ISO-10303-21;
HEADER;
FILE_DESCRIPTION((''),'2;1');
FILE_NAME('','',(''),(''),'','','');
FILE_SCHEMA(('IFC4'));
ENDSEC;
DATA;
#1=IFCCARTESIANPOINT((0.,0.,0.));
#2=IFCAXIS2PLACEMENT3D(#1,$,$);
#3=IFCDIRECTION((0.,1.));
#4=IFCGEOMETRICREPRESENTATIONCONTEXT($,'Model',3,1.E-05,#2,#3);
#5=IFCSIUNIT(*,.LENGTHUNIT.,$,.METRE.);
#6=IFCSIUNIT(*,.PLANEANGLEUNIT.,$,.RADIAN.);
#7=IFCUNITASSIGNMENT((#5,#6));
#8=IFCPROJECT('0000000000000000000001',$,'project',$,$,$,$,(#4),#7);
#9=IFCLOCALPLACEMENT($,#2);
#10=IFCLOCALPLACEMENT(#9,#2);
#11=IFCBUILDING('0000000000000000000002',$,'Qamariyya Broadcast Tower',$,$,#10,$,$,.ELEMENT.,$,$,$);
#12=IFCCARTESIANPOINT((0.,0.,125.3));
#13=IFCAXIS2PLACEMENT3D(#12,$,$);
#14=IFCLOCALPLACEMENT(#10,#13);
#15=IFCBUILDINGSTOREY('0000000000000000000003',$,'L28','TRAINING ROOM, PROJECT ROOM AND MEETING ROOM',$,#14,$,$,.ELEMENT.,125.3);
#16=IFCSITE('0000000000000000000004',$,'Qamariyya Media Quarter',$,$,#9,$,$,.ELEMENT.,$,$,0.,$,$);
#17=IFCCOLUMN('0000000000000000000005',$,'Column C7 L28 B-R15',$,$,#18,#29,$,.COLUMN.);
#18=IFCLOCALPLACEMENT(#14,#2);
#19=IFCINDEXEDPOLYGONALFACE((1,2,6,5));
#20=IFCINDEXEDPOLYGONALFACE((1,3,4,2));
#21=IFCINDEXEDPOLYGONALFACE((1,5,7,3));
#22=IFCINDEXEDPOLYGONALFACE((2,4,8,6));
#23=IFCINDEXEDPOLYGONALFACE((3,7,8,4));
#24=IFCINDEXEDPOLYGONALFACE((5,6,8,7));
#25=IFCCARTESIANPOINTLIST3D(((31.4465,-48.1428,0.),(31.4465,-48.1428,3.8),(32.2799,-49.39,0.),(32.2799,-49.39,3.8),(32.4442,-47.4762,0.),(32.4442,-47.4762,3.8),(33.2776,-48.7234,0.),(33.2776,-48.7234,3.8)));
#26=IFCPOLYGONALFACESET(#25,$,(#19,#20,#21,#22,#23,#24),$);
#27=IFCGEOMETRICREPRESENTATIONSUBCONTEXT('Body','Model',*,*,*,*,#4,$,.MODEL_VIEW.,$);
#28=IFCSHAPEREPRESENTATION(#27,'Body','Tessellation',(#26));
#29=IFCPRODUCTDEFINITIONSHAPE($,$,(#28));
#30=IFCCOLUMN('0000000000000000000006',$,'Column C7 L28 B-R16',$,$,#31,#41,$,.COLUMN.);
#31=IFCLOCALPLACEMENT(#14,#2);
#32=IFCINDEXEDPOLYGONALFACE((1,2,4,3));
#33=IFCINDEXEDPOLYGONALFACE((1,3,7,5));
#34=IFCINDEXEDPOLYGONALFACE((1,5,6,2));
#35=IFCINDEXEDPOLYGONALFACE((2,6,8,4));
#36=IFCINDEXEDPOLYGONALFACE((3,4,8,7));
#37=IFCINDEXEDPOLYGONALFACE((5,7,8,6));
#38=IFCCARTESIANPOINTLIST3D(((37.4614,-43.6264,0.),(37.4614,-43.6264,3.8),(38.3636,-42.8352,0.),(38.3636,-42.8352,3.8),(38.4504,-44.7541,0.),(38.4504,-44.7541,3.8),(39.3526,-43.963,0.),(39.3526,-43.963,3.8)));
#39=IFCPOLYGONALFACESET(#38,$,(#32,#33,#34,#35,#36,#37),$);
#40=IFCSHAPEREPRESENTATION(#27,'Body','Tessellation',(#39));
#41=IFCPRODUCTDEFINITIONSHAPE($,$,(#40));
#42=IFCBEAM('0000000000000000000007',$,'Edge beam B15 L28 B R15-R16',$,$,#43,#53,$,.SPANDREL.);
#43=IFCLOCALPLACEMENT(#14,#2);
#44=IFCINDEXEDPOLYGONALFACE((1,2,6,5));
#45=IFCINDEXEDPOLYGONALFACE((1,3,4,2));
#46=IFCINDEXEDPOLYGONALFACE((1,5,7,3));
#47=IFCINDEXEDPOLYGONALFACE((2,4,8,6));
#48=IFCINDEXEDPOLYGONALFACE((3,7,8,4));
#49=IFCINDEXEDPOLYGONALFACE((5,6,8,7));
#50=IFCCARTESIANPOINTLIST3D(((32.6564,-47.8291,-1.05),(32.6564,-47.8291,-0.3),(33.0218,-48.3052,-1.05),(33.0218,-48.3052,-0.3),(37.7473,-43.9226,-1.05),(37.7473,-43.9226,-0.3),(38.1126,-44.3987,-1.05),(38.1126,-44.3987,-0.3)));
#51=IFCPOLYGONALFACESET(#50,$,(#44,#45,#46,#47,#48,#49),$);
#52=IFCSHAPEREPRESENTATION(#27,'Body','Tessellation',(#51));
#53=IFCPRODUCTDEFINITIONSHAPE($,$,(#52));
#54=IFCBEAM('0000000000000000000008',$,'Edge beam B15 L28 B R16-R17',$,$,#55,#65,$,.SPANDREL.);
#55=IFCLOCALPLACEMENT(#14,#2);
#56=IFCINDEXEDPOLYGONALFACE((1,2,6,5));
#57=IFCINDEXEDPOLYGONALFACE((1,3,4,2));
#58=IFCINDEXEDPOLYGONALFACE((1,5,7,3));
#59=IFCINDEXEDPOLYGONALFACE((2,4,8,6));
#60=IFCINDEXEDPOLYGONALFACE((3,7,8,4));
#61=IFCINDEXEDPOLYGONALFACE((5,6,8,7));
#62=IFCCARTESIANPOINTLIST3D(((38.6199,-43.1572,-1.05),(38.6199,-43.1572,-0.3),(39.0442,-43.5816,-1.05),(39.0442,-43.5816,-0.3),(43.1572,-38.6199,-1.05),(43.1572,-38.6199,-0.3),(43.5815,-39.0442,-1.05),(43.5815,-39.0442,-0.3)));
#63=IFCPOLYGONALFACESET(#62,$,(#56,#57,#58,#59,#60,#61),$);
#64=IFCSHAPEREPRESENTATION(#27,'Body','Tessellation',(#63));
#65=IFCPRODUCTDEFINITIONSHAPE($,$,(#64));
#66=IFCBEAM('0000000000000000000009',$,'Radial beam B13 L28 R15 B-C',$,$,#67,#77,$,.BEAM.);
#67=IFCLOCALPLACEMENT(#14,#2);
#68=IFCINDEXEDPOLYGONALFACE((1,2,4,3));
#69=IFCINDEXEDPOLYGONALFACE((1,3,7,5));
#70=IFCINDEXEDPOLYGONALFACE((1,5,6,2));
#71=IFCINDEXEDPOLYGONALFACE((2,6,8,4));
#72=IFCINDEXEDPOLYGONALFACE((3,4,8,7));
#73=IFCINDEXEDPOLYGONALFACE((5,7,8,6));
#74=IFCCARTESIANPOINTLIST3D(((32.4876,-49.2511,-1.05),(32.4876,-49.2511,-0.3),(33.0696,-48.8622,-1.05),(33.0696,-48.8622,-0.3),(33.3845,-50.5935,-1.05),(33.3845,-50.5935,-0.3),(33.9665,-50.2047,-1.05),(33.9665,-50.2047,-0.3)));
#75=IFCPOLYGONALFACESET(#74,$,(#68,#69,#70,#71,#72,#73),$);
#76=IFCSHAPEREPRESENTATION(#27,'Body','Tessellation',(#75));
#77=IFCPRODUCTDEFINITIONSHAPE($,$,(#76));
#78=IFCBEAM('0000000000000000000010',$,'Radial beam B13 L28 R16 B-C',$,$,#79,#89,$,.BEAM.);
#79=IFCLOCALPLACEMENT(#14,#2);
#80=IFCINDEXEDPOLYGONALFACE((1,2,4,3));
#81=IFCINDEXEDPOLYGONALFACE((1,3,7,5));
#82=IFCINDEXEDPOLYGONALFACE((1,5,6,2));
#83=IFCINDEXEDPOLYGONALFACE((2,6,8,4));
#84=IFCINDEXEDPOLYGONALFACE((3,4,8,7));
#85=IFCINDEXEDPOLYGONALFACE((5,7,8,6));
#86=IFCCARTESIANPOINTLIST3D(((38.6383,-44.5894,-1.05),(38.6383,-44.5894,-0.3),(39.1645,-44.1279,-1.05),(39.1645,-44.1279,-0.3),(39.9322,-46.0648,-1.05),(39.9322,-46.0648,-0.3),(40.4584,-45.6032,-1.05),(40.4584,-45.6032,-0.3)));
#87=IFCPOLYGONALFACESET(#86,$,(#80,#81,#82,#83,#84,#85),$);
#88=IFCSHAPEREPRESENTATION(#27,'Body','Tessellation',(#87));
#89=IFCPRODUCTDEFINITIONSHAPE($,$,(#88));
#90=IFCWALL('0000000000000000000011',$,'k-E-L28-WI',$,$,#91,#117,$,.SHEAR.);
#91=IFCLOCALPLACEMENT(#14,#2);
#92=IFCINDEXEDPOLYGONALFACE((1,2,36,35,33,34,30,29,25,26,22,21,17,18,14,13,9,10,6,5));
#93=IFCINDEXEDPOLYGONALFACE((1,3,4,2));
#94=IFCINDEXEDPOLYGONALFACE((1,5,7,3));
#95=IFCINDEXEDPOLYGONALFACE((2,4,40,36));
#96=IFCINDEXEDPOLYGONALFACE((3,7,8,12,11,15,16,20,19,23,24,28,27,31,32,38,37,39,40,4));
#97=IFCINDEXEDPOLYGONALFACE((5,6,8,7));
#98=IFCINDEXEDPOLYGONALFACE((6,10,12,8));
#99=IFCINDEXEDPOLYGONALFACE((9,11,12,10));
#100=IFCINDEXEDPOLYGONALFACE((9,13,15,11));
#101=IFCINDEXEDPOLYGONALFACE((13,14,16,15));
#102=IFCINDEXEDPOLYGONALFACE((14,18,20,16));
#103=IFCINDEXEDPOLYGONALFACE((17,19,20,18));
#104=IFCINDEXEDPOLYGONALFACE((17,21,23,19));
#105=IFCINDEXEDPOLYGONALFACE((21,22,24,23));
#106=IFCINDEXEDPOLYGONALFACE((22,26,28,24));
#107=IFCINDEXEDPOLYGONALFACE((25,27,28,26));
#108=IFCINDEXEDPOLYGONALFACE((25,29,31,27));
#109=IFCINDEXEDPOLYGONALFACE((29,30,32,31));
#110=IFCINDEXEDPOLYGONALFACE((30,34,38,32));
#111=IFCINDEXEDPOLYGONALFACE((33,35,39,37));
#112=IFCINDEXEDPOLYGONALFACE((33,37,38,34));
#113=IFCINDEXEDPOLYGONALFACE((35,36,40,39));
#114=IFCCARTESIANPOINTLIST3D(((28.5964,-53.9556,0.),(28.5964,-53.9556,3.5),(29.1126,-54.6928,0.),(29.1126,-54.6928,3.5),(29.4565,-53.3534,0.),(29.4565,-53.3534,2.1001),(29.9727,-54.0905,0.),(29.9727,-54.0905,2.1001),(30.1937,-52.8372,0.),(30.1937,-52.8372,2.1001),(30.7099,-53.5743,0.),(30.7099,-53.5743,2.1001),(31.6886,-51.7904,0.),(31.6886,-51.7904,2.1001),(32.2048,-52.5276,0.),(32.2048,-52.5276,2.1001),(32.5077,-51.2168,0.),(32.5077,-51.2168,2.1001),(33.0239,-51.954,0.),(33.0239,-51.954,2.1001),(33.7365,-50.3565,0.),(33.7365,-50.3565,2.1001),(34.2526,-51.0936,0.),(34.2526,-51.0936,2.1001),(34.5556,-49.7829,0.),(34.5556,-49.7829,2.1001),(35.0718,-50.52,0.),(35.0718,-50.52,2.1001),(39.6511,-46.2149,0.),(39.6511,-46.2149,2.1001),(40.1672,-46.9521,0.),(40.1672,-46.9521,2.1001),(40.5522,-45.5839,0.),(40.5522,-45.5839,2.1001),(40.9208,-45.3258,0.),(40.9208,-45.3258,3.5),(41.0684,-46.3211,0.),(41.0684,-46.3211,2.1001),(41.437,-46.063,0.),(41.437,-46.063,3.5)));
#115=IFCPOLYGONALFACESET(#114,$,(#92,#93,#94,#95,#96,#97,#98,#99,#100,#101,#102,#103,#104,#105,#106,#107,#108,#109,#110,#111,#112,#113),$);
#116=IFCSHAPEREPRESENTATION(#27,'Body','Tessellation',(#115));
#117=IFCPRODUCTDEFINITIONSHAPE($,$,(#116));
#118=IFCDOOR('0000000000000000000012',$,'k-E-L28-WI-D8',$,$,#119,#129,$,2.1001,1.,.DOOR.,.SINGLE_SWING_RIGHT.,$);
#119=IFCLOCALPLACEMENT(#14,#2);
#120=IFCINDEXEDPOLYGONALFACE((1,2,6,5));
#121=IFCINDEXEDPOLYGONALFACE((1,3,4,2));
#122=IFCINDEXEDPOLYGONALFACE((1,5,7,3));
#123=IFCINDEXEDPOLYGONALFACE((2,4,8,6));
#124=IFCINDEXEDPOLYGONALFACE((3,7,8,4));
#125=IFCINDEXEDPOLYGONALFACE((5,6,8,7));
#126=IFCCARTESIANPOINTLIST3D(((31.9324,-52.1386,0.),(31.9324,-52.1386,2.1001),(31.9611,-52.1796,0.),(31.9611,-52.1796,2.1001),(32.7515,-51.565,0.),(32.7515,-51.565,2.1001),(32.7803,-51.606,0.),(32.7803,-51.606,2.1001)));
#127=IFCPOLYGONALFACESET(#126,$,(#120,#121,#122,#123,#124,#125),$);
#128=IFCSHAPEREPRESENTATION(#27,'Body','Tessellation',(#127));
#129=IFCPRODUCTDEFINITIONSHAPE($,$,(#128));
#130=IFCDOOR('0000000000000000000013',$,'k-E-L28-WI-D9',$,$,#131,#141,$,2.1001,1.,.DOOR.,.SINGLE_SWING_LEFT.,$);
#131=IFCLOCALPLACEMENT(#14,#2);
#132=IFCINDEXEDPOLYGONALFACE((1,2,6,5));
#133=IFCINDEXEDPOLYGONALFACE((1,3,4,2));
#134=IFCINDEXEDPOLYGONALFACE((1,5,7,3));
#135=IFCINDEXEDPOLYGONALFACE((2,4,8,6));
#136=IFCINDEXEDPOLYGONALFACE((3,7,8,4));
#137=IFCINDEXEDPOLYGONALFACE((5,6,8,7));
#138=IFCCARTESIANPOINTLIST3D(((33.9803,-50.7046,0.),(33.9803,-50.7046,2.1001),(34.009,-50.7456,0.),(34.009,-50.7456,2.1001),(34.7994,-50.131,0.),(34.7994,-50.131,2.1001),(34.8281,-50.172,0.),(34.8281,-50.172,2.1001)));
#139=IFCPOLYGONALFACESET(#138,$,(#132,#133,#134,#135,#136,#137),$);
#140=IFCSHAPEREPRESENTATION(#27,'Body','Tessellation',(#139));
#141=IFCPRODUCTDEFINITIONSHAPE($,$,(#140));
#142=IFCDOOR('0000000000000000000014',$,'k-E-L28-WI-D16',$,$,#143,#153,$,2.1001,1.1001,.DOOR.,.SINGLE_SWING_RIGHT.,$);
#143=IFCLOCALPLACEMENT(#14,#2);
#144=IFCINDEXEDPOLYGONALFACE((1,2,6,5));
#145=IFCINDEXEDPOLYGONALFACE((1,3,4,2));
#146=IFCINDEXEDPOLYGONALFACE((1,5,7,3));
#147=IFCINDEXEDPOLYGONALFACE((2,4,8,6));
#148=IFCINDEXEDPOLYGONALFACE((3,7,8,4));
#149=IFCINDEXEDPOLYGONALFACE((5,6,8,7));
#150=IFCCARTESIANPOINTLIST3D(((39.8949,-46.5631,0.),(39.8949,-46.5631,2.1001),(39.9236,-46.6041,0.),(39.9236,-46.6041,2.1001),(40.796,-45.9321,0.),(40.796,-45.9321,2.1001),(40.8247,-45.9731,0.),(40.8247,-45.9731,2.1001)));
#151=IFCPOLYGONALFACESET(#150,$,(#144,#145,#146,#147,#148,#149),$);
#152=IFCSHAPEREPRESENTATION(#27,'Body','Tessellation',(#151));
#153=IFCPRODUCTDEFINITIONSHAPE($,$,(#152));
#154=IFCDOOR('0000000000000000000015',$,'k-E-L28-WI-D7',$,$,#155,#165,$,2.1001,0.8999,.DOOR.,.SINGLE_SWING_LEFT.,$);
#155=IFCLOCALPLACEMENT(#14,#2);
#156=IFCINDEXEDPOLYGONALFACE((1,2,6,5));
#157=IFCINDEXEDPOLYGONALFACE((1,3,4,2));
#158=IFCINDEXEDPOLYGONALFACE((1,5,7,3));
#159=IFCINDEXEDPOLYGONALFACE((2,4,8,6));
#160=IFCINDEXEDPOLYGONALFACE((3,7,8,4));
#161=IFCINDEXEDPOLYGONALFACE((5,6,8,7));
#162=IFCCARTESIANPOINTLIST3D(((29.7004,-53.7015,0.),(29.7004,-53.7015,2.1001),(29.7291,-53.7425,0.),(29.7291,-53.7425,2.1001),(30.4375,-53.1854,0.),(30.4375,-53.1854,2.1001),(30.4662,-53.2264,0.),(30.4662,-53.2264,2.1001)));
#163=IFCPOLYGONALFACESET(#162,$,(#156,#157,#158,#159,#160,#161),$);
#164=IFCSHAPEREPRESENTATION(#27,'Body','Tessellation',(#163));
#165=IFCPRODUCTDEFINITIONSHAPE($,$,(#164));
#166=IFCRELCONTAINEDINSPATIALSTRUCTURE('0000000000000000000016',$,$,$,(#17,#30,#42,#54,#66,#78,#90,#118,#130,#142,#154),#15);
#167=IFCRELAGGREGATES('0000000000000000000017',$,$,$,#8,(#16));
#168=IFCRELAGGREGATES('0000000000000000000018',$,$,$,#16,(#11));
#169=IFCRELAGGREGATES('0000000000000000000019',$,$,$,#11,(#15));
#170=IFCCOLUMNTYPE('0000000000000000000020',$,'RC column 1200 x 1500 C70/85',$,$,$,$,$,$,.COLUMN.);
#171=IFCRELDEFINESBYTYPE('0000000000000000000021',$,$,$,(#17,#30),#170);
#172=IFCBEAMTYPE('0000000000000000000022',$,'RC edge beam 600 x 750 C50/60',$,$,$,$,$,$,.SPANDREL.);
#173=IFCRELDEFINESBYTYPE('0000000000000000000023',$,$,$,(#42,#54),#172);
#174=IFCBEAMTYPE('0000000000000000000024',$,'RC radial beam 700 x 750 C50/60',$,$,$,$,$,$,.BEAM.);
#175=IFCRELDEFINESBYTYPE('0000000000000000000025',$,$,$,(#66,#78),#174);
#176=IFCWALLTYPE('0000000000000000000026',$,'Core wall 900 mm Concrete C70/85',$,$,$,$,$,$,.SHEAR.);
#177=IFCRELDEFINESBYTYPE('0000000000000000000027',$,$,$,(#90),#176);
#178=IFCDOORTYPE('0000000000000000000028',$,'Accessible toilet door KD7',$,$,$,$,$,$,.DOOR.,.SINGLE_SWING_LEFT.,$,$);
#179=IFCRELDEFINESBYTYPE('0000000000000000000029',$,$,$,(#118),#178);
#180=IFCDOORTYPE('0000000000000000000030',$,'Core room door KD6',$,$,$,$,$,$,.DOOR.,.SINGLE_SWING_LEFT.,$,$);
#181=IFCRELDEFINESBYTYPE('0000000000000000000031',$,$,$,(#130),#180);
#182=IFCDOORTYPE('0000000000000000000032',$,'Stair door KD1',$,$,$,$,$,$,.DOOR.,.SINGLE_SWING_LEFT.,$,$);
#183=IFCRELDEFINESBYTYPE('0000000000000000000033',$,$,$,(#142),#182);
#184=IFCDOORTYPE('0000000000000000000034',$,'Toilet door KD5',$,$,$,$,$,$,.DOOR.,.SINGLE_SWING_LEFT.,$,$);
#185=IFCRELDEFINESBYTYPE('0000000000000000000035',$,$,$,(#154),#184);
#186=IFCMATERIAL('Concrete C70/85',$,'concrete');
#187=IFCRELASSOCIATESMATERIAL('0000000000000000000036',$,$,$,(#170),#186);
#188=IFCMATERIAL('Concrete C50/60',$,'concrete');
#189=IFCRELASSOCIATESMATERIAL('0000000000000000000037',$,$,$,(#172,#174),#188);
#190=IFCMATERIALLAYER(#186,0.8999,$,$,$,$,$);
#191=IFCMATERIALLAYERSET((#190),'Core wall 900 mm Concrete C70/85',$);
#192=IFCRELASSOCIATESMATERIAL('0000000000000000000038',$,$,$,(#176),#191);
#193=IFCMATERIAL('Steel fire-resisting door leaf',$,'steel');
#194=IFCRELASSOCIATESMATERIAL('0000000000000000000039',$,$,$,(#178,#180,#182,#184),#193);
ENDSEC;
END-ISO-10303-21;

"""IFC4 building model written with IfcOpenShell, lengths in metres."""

from ifc_helpers import new_model, si_unit, direction, frame, frame_2d, origin, origin_2d, place, context, subcontext, project, spatial, rectangle, extrude, material, layer, layer_set, material_profile, profile_set, type_object, element, fill, save


model = new_model("IFC4")

# Units and contexts
model_context = context("Model", 3, precision=1e-05, world=origin(), true_north=direction((0.0, 1.0)))
body_context = subcontext(model_context, "Body", "Model", "MODEL_VIEW")
ifc_project = project(units=[si_unit("LENGTHUNIT", "METRE"), si_unit("PLANEANGLEUNIT", "RADIAN")], contexts=[model_context])

# Site, building, storey
site_placement = place(None, origin())
site = spatial("IfcSite", under=ifc_project, at=site_placement, Name="Qamariyya Media Quarter", CompositionType="ELEMENT", RefElevation=0.0)
building_placement = place(site_placement, origin())
building = spatial("IfcBuilding", under=site, at=building_placement, Name="Qamariyya Broadcast Tower", CompositionType="ELEMENT")
storey_placement = place(building_placement, frame((0.0, 0.0, 125.3)))
storey = spatial("IfcBuildingStorey", under=building, at=storey_placement, Name="L28", Description="TRAINING ROOM, PROJECT ROOM AND MEETING ROOM", CompositionType="ELEMENT", Elevation=125.3)

# Columns
ifc_material_1 = material(Name="Concrete C70/85", Category="concrete")
ifc_material_profile_1 = material_profile(ifc_material_1, rectangle(XDim=1.2, YDim=1.5, at=origin_2d()))
ifc_profile_set_1 = profile_set([ifc_material_profile_1], Name="Concrete C70/85")
column_type = type_object("IfcColumnType", Name="RC column 1200 x 1500 C70/85", PredefinedType="COLUMN", material=ifc_profile_set_1)
for number, where, z_axis, x_axis, name in (
    (1, (32.3621, -48.4331, 0.0), (0.0, 0.0, 1.0), (0.83147, 0.55557, 0.0), "Column C7 L28 B-R15"),
    (2, (38.407, -43.7947, 0.0), (0.0, 0.0, 1.0), (0.75184, 0.659346, 0.0), "Column C7 L28 B-R16"),
):
    element("IfcColumn", number, at=place(storey_placement, frame(where, z_axis=z_axis, x_axis=x_axis)), inside=storey, type_object=column_type, Name=name, PredefinedType="COLUMN", context=body_context, shape_type="SweptSolid", body=[
        extrude(rectangle(XDim=1.2, YDim=1.5, at=origin_2d()), origin(), (0.0, 0.0, 1.0), 3.8),
    ])

# Beams
ifc_material_2 = material(Name="Concrete C50/60", Category="concrete")
ifc_material_profile_2 = material_profile(ifc_material_2, rectangle(XDim=0.6001, YDim=0.75, at=origin_2d()))
ifc_profile_set_2 = profile_set([ifc_material_profile_2], Name="Concrete C50/60")
beam_type_1 = type_object("IfcBeamType", Name="RC edge beam 600 x 750 C50/60", PredefinedType="SPANDREL", material=ifc_profile_set_2)
beam_1_placement = place(storey_placement, frame((32.8391, -48.0671, -0.675), z_axis=(0.793341, 0.608778, 0.0), x_axis=(-0.608778, 0.793341, 0.0)))
element("IfcBeam", 3, at=beam_1_placement, inside=storey, type_object=beam_type_1, Name="Edge beam B15 L28 B R15-R16", PredefinedType="SPANDREL", context=body_context, shape_type="SweptSolid", body=[
    extrude(rectangle(XDim=0.6001, YDim=0.75, at=origin_2d()), origin(), (0.0, 0.0, 1.0), 6.417),
])
beam_2_placement = place(storey_placement, frame((38.832, -43.3694, -0.675), z_axis=(0.707107, 0.707107, 0.0), x_axis=(-0.707107, 0.707107, 0.0)))
element("IfcBeam", 4, at=beam_2_placement, inside=storey, type_object=beam_type_1, Name="Edge beam B15 L28 B R16-R17", PredefinedType="SPANDREL", context=body_context, shape_type="SweptSolid", body=[
    extrude(rectangle(XDim=0.6001, YDim=0.75, at=origin_2d()), origin(), (0.0, 0.0, 1.0), 6.4167),
])
ifc_material_profile_3 = material_profile(ifc_material_2, rectangle(XDim=0.7, YDim=0.75, at=origin_2d()))
ifc_profile_set_3 = profile_set([ifc_material_profile_3], Name="Concrete C50/60")
beam_type_2 = type_object("IfcBeamType", Name="RC radial beam 700 x 750 C50/60", PredefinedType="BEAM", material=ifc_profile_set_3)
beam_3_placement = place(storey_placement, frame((32.7786, -49.0566, -0.675), z_axis=(0.555537, -0.831492, 0.0), x_axis=(0.831492, 0.555537, 0.0)))
element("IfcBeam", 5, at=beam_3_placement, inside=storey, type_object=beam_type_2, Name="Radial beam B13 L28 R15 B-C", PredefinedType="BEAM", context=body_context, shape_type="SweptSolid", body=[
    extrude(rectangle(XDim=0.7, YDim=0.75, at=origin_2d()), origin(), (0.0, 0.0, 1.0), 1.6145),
])
beam_4_placement = place(storey_placement, frame((38.9014, -44.3586, -0.675), z_axis=(0.659376, -0.751813, 0.0), x_axis=(0.751813, 0.659376, 0.0)))
element("IfcBeam", 6, at=beam_4_placement, inside=storey, type_object=beam_type_2, Name="Radial beam B13 L28 R16 B-C", PredefinedType="BEAM", context=body_context, shape_type="SweptSolid", body=[
    extrude(rectangle(XDim=0.7, YDim=0.75, at=origin_2d()), origin(), (0.0, 0.0, 1.0), 1.9624),
])

# Wall, openings, doors
ifc_layer_1 = layer(ifc_material_1, 0.8999)
ifc_layer_set_1 = layer_set([ifc_layer_1], Name="Core wall 900 mm Concrete C70/85")
wall_type_1 = type_object("IfcWallType", Name="Core wall 900 mm Concrete C70/85", PredefinedType="SHEAR", material=ifc_layer_set_1)
wall_1_placement = place(storey_placement, frame((28.8545, -54.3242, 0.0), z_axis=(0.0, 0.0, 1.0), x_axis=(0.819146, 0.573585, 0.0)))
wall_1 = element("IfcWall", 7, at=wall_1_placement, inside=storey, type_object=wall_type_1, Name="k-E-L28-WI", PredefinedType="SHEAR", context=body_context, shape_type="SweptSolid", body=[
    extrude(rectangle(XDim=15.0454, YDim=0.8999, at=frame_2d((7.5227, 0.0))), origin(), (0.0, 0.0, 1.0), 3.5),
])
opening_1_placement = place(wall_1_placement, frame((1.05, 0.0, 0.0)))
opening_1 = element("IfcOpeningElement", 8, at=opening_1_placement, cuts=wall_1, PredefinedType="OPENING", context=body_context, shape_type="SweptSolid", body=[
    extrude(rectangle(XDim=0.8999, YDim=2.1001, at=frame_2d((0.45, 1.05))), frame((0.0, 0.46, 0.0), z_axis=(0.0, -1.0, 0.0), x_axis=(1.0, 0.0, 0.0)), (0.0, 0.0, 1.0), 0.9199),
])
opening_2_placement = place(wall_1_placement, frame((3.7749, 0.0, 0.0)))
opening_2 = element("IfcOpeningElement", 9, at=opening_2_placement, cuts=wall_1, PredefinedType="OPENING", context=body_context, shape_type="SweptSolid", body=[
    extrude(rectangle(XDim=1.0, YDim=2.1001, at=frame_2d((0.5, 1.05))), frame((0.0, 0.46, 0.0), z_axis=(0.0, -1.0, 0.0), x_axis=(1.0, 0.0, 0.0)), (0.0, 0.0, 1.0), 0.9199),
])
opening_3_placement = place(wall_1_placement, frame((6.2749, 0.0, 0.0)))
opening_3 = element("IfcOpeningElement", 10, at=opening_3_placement, cuts=wall_1, PredefinedType="OPENING", context=body_context, shape_type="SweptSolid", body=[
    extrude(rectangle(XDim=1.0, YDim=2.1001, at=frame_2d((0.5, 1.05))), frame((0.0, 0.46, 0.0), z_axis=(0.0, -1.0, 0.0), x_axis=(1.0, 0.0, 0.0)), (0.0, 0.0, 1.0), 0.9199),
])
opening_4_placement = place(wall_1_placement, frame((13.4954, 0.0, 0.0)))
opening_4 = element("IfcOpeningElement", 11, at=opening_4_placement, cuts=wall_1, PredefinedType="OPENING", context=body_context, shape_type="SweptSolid", body=[
    extrude(rectangle(XDim=1.1001, YDim=2.1001, at=frame_2d((0.55, 1.05))), frame((0.0, 0.46, 0.0), z_axis=(0.0, -1.0, 0.0), x_axis=(1.0, 0.0, 0.0)), (0.0, 0.0, 1.0), 0.9199),
])
ifc_material_3 = material(Name="Steel fire-resisting door leaf", Category="steel")
door_type_1 = type_object("IfcDoorType", Name="Accessible toilet door KD7", OperationType="SINGLE_SWING_LEFT", PredefinedType="DOOR", material=ifc_material_3)
door_1_placement = place(opening_2_placement, origin())
door_1 = element("IfcDoor", 12, at=door_1_placement, inside=storey, type_object=door_type_1, Name="k-E-L28-WI-D8", OperationType="SINGLE_SWING_RIGHT", OverallHeight=2.1001, OverallWidth=1.0, PredefinedType="DOOR", context=body_context, shape_type="SweptSolid", body=[
    extrude(rectangle(XDim=1.0, YDim=2.1001, at=frame_2d((0.5, 1.05))), frame((0.0, 0.0249, 0.0), z_axis=(0.0, -1.0, 0.0), x_axis=(1.0, 0.0, 0.0)), (0.0, 0.0, 1.0), 0.05),
])
fill(opening_2, door_1)
door_type_2 = type_object("IfcDoorType", Name="Core room door KD6", OperationType="SINGLE_SWING_LEFT", PredefinedType="DOOR", material=ifc_material_3)
door_2_placement = place(opening_3_placement, origin())
door_2 = element("IfcDoor", 13, at=door_2_placement, inside=storey, type_object=door_type_2, Name="k-E-L28-WI-D9", OperationType="SINGLE_SWING_LEFT", OverallHeight=2.1001, OverallWidth=1.0, PredefinedType="DOOR", context=body_context, shape_type="SweptSolid", body=[
    extrude(rectangle(XDim=1.0, YDim=2.1001, at=frame_2d((0.5, 1.05))), frame((0.0, 0.0249, 0.0), z_axis=(0.0, -1.0, 0.0), x_axis=(1.0, 0.0, 0.0)), (0.0, 0.0, 1.0), 0.05),
])
fill(opening_3, door_2)
door_type_3 = type_object("IfcDoorType", Name="Stair door KD1", OperationType="SINGLE_SWING_LEFT", PredefinedType="DOOR", material=ifc_material_3)
door_3_placement = place(opening_4_placement, origin())
door_3 = element("IfcDoor", 14, at=door_3_placement, inside=storey, type_object=door_type_3, Name="k-E-L28-WI-D16", OperationType="SINGLE_SWING_RIGHT", OverallHeight=2.1001, OverallWidth=1.1001, PredefinedType="DOOR", context=body_context, shape_type="SweptSolid", body=[
    extrude(rectangle(XDim=1.1001, YDim=2.1001, at=frame_2d((0.55, 1.05))), frame((0.0, 0.0249, 0.0), z_axis=(0.0, -1.0, 0.0), x_axis=(1.0, 0.0, 0.0)), (0.0, 0.0, 1.0), 0.05),
])
fill(opening_4, door_3)
door_type_4 = type_object("IfcDoorType", Name="Toilet door KD5", OperationType="SINGLE_SWING_LEFT", PredefinedType="DOOR", material=ifc_material_3)
door_4_placement = place(opening_1_placement, origin())
door_4 = element("IfcDoor", 15, at=door_4_placement, inside=storey, type_object=door_type_4, Name="k-E-L28-WI-D7", OperationType="SINGLE_SWING_LEFT", OverallHeight=2.1001, OverallWidth=0.8999, PredefinedType="DOOR", context=body_context, shape_type="SweptSolid", body=[
    extrude(rectangle(XDim=0.8999, YDim=2.1001, at=frame_2d((0.45, 1.05))), frame((0.0, 0.0249, 0.0), z_axis=(0.0, -1.0, 0.0), x_axis=(1.0, 0.0, 0.0)), (0.0, 0.0, 1.0), 0.05),
])
fill(opening_1, door_4)

save(model, "model.ifc")
